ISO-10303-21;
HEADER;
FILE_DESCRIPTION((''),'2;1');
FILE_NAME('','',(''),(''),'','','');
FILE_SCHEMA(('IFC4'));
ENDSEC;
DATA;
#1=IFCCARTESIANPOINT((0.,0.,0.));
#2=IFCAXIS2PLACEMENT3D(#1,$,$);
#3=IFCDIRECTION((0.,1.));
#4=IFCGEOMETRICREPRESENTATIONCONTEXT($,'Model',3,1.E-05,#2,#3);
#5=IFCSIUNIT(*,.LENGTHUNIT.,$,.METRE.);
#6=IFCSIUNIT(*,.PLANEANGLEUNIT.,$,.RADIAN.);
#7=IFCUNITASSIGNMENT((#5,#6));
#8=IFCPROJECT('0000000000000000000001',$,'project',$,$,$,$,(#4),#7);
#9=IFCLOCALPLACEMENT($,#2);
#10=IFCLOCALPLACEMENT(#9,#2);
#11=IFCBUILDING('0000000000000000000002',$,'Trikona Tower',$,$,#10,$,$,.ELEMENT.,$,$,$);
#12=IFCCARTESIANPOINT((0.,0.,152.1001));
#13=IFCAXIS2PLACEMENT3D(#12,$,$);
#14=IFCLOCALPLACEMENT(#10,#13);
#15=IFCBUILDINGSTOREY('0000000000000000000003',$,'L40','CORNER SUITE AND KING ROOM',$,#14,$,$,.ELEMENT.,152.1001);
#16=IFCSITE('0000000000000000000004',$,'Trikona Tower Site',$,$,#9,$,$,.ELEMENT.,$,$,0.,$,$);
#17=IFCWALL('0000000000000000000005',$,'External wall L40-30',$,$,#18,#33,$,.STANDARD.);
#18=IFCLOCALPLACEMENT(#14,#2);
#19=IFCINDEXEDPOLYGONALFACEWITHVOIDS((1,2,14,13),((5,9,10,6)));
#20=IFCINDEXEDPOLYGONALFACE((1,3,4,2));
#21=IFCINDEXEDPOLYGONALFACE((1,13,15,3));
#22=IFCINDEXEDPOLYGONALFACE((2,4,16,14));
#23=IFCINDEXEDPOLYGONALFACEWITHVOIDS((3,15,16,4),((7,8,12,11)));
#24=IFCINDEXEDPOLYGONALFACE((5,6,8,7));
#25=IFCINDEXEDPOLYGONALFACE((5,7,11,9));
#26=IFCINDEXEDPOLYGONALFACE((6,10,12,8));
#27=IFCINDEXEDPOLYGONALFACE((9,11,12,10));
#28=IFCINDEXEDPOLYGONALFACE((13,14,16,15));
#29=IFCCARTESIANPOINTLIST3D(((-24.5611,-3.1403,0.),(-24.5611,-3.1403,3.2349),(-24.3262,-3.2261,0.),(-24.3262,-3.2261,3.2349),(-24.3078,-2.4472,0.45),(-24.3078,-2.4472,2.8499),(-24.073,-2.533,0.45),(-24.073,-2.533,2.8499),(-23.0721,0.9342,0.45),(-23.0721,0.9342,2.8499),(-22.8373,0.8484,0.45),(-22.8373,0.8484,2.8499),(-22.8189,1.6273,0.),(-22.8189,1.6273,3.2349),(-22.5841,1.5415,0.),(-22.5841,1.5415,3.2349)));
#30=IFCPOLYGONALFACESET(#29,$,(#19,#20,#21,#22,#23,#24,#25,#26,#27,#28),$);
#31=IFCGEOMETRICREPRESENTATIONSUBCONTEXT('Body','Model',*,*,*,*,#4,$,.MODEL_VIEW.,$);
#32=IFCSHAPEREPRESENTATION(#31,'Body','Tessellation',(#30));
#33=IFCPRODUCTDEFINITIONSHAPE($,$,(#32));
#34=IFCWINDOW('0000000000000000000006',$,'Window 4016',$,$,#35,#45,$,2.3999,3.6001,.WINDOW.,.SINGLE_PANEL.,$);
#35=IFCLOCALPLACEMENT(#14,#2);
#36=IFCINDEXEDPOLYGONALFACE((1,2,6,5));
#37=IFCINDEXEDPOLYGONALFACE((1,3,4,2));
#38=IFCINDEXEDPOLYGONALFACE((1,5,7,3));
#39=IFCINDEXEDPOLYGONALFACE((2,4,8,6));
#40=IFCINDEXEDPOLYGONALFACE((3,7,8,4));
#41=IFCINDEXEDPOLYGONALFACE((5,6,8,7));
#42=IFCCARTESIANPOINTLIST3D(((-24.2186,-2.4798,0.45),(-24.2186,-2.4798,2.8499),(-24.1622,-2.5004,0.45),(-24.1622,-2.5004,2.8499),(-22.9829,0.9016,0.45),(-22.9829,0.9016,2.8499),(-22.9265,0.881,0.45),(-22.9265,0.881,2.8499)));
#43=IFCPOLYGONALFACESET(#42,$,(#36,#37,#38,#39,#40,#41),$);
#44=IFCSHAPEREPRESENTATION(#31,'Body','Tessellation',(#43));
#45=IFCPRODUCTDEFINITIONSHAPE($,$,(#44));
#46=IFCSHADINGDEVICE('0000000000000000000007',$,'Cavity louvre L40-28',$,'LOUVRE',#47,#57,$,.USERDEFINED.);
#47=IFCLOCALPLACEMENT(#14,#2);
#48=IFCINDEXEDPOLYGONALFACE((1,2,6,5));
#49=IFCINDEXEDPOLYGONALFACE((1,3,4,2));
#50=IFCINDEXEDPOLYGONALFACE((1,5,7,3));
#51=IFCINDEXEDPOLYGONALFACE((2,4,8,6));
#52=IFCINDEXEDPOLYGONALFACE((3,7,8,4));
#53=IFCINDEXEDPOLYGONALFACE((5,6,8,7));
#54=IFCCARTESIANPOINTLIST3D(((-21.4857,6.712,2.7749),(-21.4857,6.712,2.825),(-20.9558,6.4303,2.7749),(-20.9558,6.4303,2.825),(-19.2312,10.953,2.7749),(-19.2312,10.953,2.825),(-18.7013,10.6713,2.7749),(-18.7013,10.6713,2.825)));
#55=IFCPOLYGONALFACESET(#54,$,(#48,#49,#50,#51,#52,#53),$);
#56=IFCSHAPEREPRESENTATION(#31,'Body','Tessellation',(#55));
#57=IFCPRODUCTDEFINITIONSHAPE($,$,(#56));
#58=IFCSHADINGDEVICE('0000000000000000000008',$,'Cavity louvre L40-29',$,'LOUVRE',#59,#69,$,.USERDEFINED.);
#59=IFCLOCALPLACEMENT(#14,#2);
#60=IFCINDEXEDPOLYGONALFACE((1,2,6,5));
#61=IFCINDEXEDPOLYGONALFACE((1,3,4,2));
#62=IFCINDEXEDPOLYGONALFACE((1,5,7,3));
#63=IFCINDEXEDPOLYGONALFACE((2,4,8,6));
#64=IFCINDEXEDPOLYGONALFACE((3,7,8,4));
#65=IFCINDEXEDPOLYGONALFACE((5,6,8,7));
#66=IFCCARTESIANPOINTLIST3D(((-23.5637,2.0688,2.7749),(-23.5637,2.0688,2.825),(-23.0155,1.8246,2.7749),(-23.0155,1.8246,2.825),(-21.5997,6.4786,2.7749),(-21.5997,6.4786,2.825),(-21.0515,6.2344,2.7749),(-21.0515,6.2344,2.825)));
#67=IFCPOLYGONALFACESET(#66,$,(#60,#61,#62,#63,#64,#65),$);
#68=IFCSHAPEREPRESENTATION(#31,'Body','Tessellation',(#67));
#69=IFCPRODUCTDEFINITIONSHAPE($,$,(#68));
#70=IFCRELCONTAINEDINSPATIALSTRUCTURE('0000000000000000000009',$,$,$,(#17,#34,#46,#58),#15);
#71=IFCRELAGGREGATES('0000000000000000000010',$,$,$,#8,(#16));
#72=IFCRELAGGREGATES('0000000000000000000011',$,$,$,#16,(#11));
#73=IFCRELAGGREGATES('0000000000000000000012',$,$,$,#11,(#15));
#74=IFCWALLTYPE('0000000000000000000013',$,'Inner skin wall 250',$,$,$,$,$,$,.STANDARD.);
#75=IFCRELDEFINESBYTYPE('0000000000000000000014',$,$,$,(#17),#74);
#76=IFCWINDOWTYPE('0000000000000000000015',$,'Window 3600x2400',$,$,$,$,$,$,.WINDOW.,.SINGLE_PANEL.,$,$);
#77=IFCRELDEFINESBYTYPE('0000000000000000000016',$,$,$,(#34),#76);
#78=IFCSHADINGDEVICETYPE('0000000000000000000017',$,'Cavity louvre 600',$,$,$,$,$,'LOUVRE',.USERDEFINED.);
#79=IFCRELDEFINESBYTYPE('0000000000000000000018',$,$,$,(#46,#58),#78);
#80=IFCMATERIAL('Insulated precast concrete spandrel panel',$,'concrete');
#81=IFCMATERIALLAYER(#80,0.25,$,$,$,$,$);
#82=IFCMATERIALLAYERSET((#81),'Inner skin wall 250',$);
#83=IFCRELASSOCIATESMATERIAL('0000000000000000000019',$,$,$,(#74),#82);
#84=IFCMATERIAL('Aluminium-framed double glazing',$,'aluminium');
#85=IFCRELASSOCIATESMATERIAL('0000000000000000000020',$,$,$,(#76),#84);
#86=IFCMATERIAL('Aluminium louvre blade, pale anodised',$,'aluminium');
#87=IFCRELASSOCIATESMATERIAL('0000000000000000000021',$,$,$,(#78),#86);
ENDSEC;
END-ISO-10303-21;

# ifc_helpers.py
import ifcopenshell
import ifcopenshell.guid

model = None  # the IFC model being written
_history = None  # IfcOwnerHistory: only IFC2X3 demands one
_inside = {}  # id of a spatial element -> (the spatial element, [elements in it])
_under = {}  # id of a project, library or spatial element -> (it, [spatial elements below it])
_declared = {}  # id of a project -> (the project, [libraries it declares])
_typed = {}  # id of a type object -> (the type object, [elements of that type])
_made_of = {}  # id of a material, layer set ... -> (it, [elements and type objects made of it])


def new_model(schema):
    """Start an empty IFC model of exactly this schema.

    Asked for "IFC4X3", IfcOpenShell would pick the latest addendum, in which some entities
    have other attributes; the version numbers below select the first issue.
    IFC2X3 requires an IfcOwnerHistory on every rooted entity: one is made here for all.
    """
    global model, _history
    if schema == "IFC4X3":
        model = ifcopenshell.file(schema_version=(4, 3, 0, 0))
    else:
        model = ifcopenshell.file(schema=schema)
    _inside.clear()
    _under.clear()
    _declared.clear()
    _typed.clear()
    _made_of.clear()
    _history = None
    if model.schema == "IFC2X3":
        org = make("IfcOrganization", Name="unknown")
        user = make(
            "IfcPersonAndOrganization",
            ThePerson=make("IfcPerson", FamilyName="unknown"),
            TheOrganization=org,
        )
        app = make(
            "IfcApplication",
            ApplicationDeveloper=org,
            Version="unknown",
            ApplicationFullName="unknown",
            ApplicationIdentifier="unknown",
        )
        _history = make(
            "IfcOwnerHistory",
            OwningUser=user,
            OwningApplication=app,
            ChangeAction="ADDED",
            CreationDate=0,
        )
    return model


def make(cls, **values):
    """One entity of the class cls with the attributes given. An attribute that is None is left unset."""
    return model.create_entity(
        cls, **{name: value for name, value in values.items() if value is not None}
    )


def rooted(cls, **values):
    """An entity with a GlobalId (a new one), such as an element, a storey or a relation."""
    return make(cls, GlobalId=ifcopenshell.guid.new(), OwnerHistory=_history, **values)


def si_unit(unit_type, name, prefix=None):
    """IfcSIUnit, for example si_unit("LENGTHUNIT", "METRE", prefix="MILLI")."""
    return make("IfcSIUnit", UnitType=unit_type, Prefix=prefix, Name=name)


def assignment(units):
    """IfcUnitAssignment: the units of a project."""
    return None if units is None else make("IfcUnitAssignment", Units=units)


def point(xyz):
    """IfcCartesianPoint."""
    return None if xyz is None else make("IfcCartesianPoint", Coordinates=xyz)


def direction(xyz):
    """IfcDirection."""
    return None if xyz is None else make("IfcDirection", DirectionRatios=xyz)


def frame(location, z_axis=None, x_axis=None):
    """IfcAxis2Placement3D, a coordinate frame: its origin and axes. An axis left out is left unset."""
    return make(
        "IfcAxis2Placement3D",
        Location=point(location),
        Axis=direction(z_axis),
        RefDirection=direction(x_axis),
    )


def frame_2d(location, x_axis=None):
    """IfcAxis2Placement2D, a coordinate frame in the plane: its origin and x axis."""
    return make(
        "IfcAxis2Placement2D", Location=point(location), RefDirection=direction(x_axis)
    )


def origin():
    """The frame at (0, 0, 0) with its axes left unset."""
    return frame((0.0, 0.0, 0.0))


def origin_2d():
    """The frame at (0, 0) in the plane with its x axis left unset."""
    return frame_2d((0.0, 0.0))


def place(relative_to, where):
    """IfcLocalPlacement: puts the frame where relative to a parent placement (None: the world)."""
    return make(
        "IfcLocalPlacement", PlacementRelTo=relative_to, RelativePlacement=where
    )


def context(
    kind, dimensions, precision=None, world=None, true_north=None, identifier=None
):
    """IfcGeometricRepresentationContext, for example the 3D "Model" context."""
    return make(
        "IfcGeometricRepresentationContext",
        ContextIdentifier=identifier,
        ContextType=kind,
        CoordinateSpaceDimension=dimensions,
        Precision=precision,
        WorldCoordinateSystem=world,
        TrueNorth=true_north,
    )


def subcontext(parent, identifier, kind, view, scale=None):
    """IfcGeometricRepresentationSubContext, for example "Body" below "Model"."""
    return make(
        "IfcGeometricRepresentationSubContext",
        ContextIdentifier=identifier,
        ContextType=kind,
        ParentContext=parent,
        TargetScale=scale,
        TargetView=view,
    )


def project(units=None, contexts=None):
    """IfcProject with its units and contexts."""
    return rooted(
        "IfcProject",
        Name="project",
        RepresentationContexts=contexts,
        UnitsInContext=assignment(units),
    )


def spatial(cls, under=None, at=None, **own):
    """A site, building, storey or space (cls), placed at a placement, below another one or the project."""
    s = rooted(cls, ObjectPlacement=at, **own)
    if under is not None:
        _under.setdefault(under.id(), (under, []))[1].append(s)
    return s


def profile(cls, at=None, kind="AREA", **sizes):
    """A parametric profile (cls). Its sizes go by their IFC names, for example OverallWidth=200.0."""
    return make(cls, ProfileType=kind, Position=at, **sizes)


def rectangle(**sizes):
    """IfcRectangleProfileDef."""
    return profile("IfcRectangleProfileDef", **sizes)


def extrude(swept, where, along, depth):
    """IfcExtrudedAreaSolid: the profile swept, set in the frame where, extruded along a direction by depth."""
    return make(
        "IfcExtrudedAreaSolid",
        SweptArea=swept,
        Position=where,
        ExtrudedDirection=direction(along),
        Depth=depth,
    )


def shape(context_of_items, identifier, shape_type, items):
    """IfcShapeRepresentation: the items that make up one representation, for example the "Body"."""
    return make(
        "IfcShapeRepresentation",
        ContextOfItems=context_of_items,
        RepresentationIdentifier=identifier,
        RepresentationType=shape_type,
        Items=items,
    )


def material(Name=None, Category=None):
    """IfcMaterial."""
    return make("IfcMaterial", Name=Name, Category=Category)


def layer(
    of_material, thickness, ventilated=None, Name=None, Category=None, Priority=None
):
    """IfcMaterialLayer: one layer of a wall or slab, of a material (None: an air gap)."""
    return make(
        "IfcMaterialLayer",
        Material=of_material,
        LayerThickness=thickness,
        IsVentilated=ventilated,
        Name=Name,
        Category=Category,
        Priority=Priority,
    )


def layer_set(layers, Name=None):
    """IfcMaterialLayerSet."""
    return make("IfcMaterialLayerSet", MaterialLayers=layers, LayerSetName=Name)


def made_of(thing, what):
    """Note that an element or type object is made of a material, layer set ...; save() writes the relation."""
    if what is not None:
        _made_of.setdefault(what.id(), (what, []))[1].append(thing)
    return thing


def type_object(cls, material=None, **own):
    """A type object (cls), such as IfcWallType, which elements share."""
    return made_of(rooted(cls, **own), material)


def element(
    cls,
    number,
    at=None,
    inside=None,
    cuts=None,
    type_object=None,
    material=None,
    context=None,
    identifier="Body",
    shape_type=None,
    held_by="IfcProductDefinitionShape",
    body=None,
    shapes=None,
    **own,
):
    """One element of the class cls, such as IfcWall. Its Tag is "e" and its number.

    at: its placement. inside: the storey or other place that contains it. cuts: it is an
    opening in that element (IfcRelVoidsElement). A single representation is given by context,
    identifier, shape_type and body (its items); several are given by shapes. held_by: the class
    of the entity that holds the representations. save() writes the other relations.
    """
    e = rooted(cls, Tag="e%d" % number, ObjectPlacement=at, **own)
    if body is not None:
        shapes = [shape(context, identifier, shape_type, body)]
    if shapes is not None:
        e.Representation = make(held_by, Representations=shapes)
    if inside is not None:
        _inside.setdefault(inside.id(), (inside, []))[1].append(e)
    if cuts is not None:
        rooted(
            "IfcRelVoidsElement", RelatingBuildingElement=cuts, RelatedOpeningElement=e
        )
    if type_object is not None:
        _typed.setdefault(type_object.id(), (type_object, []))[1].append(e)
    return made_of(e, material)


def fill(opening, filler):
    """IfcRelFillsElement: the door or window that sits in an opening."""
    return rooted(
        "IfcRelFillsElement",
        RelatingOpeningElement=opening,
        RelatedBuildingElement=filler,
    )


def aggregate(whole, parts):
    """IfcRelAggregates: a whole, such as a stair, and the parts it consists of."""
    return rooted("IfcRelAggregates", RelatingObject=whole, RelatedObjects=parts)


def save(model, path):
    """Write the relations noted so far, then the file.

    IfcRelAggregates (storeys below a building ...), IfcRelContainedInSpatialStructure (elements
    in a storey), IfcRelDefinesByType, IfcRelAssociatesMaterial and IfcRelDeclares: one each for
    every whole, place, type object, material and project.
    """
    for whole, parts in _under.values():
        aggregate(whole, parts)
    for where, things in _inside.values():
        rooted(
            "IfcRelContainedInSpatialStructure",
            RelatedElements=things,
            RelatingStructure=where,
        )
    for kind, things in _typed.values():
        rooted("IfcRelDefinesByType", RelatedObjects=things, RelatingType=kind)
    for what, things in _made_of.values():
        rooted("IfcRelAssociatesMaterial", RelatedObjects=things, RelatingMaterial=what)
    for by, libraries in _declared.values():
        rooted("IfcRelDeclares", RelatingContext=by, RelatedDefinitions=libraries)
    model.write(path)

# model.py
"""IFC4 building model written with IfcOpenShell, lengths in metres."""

from ifc_helpers import new_model, si_unit, direction, frame, frame_2d, origin, origin_2d, place, context, subcontext, project, spatial, rectangle, extrude, material, layer, layer_set, type_object, element, fill, save


model = new_model("IFC4")

# Units and contexts
model_context = context("Model", 3, precision=1e-05, world=origin(), true_north=direction((0.0, 1.0)))
body_context = subcontext(model_context, "Body", "Model", "MODEL_VIEW")
ifc_project = project(units=[si_unit("LENGTHUNIT", "METRE"), si_unit("PLANEANGLEUNIT", "RADIAN")], contexts=[model_context])

# Site, building, storey
site_placement = place(None, origin())
site = spatial("IfcSite", under=ifc_project, at=site_placement, Name="Trikona Tower Site", CompositionType="ELEMENT", RefElevation=0.0)
building_placement = place(site_placement, origin())
building = spatial("IfcBuilding", under=site, at=building_placement, Name="Trikona Tower", CompositionType="ELEMENT")
storey_placement = place(building_placement, frame((0.0, 0.0, 152.1001)))
storey = spatial("IfcBuildingStorey", under=building, at=storey_placement, Name="L40", Description="CORNER SUITE AND KING ROOM", CompositionType="ELEMENT", Elevation=152.1001)

# Wall, opening, window
ifc_material_1 = material(Name="Insulated precast concrete spandrel panel", Category="concrete")
ifc_layer_1 = layer(ifc_material_1, 0.25)
ifc_layer_set_1 = layer_set([ifc_layer_1], Name="Inner skin wall 250")
wall_type = type_object("IfcWallType", Name="Inner skin wall 250", PredefinedType="STANDARD", material=ifc_layer_set_1)
ifc_material_2 = material(Name="Aluminium-framed double glazing", Category="aluminium")
window_type = type_object("IfcWindowType", Name="Window 3600x2400", PartitioningType="SINGLE_PANEL", PredefinedType="WINDOW", material=ifc_material_2)
wall_1_placement = place(storey_placement, frame((-22.7014, 1.5845, 0.0), z_axis=(0.0, 0.0, 1.0), x_axis=(-0.343226, -0.939253, 0.0)))
wall_1 = element("IfcWall", 1, at=wall_1_placement, inside=storey, type_object=wall_type, Name="External wall L40-30", PredefinedType="STANDARD", context=body_context, shape_type="SweptSolid", body=[
    extrude(rectangle(XDim=5.0759, YDim=0.25, at=frame_2d((2.5381, 0.0))), origin(), (0.0, 0.0, 1.0), 3.2349),
])
opening_1_placement = place(wall_1_placement, frame((0.738, 0.0, 0.45)))
opening_1 = element("IfcOpeningElement", 2, at=opening_1_placement, cuts=wall_1, PredefinedType="OPENING", context=body_context, shape_type="SweptSolid", body=[
    extrude(rectangle(XDim=3.6001, YDim=2.3999, at=frame_2d((1.8, 1.2))), frame((0.0, 0.135, 0.0), z_axis=(0.0, -1.0, 0.0), x_axis=(1.0, 0.0, 0.0)), (0.0, 0.0, 1.0), 0.27),
])
window_1_placement = place(opening_1_placement, origin())
window_1 = element("IfcWindow", 3, at=window_1_placement, inside=storey, type_object=window_type, Name="Window 4016", OverallHeight=2.3999, OverallWidth=3.6001, PartitioningType="SINGLE_PANEL", PredefinedType="WINDOW", context=body_context, shape_type="SweptSolid", body=[
    extrude(rectangle(XDim=3.6001, YDim=2.3999, at=frame_2d((1.8, 1.2))), frame((0.0, 0.03, 0.0), z_axis=(0.0, -1.0, 0.0), x_axis=(1.0, 0.0, 0.0)), (0.0, 0.0, 1.0), 0.0601),
])
fill(opening_1, window_1)

# Shading devices
ifc_material_3 = material(Name="Aluminium louvre blade, pale anodised", Category="aluminium")
shading_device_type = type_object("IfcShadingDeviceType", Name="Cavity louvre 600", ElementType="LOUVRE", PredefinedType="USERDEFINED", material=ifc_material_3)
shading_device_1_placement = place(storey_placement, frame((-20.0935, 8.6917, 2.7749), z_axis=(0.0, 0.0, 1.0), x_axis=(-0.469398, -0.882987, 0.0)))
element("IfcShadingDevice", 4, at=shading_device_1_placement, inside=storey, type_object=shading_device_type, Name="Cavity louvre L40-28", ObjectType="LOUVRE", PredefinedType="USERDEFINED", context=body_context, shape_type="SweptSolid", body=[
    extrude(rectangle(XDim=4.803, YDim=0.6001, at=origin_2d()), origin(), (0.0, 0.0, 1.0), 0.05),
])
shading_device_2_placement = place(storey_placement, frame((-22.3076, 4.1516, 2.7749), z_axis=(0.0, 0.0, 1.0), x_axis=(-0.406843, -0.913498, 0.0)))
element("IfcShadingDevice", 5, at=shading_device_2_placement, inside=storey, type_object=shading_device_type, Name="Cavity louvre L40-29", ObjectType="LOUVRE", PredefinedType="USERDEFINED", context=body_context, shape_type="SweptSolid", body=[
    extrude(rectangle(XDim=4.8274, YDim=0.6001, at=origin_2d()), origin(), (0.0, 0.0, 1.0), 0.05),
])

save(model, "model.ifc")
